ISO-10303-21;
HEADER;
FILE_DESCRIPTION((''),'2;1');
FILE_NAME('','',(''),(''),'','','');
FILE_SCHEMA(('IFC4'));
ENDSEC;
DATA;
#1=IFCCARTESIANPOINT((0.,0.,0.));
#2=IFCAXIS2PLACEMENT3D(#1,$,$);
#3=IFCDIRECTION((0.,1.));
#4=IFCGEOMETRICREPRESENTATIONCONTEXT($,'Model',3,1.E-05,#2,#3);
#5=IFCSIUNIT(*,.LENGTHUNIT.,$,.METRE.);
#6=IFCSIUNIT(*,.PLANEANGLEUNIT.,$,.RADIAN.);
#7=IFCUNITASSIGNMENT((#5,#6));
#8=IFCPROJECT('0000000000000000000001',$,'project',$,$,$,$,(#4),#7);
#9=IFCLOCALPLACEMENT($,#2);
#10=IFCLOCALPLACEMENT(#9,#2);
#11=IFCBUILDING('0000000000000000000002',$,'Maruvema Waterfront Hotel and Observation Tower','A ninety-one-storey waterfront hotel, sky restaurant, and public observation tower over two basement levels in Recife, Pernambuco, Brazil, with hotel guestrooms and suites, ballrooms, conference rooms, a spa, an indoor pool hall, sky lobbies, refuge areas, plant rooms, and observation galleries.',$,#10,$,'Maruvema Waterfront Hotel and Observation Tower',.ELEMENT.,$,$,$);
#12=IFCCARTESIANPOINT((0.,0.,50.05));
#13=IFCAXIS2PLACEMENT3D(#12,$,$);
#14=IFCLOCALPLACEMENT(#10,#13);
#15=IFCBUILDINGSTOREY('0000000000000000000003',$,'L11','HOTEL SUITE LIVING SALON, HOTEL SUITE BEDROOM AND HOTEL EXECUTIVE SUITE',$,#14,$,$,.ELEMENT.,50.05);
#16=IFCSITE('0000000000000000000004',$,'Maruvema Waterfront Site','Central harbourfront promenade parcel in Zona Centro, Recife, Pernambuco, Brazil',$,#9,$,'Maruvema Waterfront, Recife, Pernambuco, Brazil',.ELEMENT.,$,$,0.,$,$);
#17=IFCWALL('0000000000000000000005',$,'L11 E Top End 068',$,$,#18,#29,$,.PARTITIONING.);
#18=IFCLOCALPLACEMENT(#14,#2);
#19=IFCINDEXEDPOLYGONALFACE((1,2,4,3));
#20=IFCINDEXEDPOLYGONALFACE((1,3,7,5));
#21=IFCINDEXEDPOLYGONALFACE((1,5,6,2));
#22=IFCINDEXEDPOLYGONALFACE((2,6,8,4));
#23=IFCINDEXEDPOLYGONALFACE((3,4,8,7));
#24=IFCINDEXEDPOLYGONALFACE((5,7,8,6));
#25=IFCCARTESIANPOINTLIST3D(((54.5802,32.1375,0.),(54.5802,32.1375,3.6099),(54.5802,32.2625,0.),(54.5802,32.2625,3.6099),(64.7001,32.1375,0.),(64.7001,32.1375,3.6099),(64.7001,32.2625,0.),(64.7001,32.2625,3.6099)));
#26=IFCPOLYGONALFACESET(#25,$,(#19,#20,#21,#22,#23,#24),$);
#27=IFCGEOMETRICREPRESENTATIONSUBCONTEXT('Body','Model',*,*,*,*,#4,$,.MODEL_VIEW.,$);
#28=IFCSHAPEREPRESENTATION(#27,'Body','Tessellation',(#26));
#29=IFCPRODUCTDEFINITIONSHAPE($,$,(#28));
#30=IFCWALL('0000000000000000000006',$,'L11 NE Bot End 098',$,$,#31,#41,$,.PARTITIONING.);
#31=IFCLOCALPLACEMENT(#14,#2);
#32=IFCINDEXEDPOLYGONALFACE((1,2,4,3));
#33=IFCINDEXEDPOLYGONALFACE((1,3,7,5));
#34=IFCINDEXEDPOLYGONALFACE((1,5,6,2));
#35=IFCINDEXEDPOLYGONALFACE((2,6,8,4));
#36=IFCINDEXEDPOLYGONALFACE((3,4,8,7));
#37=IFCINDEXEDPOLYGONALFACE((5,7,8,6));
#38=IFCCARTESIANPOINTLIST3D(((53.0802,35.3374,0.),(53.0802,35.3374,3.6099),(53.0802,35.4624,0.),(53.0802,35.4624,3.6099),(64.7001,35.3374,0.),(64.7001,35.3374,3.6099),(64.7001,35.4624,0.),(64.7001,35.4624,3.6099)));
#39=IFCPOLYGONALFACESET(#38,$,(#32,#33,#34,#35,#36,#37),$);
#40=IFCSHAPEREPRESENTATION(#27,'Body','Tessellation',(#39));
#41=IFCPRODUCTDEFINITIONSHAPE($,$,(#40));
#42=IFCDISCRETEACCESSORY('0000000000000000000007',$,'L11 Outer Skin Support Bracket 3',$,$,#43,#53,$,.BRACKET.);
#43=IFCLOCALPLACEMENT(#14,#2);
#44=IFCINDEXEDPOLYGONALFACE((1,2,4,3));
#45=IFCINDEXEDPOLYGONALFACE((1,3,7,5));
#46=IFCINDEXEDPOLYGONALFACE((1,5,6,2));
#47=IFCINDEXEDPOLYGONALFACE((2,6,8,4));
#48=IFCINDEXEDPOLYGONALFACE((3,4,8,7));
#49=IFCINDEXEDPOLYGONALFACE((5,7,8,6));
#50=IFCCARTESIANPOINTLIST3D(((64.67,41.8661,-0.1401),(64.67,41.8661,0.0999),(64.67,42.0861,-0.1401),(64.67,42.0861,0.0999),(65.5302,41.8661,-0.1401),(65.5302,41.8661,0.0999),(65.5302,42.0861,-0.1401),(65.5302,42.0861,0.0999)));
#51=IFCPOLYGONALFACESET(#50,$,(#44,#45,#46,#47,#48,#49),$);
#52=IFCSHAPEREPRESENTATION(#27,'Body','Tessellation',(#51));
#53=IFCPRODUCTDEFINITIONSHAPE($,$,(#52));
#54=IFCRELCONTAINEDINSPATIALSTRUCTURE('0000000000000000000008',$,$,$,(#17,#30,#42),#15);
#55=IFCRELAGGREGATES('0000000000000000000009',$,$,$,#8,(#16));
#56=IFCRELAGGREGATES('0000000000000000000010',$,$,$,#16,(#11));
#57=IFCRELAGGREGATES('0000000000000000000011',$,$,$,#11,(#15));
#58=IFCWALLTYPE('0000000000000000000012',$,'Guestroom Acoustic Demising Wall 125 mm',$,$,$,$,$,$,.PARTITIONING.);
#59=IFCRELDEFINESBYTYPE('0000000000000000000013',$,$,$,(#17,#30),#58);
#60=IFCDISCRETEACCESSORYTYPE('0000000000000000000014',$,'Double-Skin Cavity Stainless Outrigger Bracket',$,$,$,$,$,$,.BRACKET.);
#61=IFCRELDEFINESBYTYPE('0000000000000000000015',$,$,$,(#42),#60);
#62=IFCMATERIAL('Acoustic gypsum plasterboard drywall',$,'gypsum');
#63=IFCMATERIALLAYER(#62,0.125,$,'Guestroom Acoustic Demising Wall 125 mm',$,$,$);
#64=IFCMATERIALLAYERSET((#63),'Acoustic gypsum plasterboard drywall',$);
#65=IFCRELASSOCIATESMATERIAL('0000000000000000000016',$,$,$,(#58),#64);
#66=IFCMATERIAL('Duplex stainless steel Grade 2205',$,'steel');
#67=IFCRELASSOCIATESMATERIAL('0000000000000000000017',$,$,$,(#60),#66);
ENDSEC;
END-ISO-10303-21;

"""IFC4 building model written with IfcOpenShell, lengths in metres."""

from ifc_helpers import new_model, si_unit, direction, frame, frame_2d, origin, origin_2d, place, context, subcontext, project, spatial, rectangle, extrude, material, layer, layer_set, type_object, element, save


model = new_model("IFC4")

# Units and contexts
model_context = context("Model", 3, precision=1e-05, world=origin(), true_north=direction((0.0, 1.0)))
body_context = subcontext(model_context, "Body", "Model", "MODEL_VIEW")
ifc_project = project(units=[si_unit("LENGTHUNIT", "METRE"), si_unit("PLANEANGLEUNIT", "RADIAN")], contexts=[model_context])

# Site, building, storey
site_placement = place(None, origin())
site = spatial("IfcSite", under=ifc_project, at=site_placement, Name="Maruvema Waterfront Site", Description="Central harbourfront promenade parcel in Zona Centro, Recife, Pernambuco, Brazil", LongName="Maruvema Waterfront, Recife, Pernambuco, Brazil", CompositionType="ELEMENT", RefElevation=0.0)
building_placement = place(site_placement, origin())
building = spatial("IfcBuilding", under=site, at=building_placement, Name="Maruvema Waterfront Hotel and Observation Tower", Description="A ninety-one-storey waterfront hotel, sky restaurant, and public observation tower over two basement levels in Recife, Pernambuco, Brazil, with hotel guestrooms and suites, ballrooms, conference rooms, a spa, an indoor pool hall, sky lobbies, refuge areas, plant rooms, and observation galleries.", LongName="Maruvema Waterfront Hotel and Observation Tower", CompositionType="ELEMENT")
storey_placement = place(building_placement, frame((0.0, 0.0, 50.05)))
storey = spatial("IfcBuildingStorey", under=building, at=storey_placement, Name="L11", Description="HOTEL SUITE LIVING SALON, HOTEL SUITE BEDROOM AND HOTEL EXECUTIVE SUITE", CompositionType="ELEMENT", Elevation=50.05)

# Walls
ifc_material_1 = material(Name="Acoustic gypsum plasterboard drywall", Category="gypsum")
ifc_layer_1 = layer(ifc_material_1, 0.125, Name="Guestroom Acoustic Demising Wall 125 mm")
ifc_layer_set_1 = layer_set([ifc_layer_1], Name="Acoustic gypsum plasterboard drywall")
wall_type_1 = type_object("IfcWallType", Name="Guestroom Acoustic Demising Wall 125 mm", PredefinedType="PARTITIONING", material=ifc_layer_set_1)
wall_1_placement = place(storey_placement, frame((54.5801, 32.2, 0.0), z_axis=(0.0, 0.0, 1.0), x_axis=(1.0, 0.0, 0.0)))
element("IfcWall", 1, at=wall_1_placement, inside=storey, type_object=wall_type_1, Name="L11 E Top End 068", PredefinedType="PARTITIONING", context=body_context, shape_type="SweptSolid", body=[
    extrude(rectangle(XDim=10.1199, YDim=0.125, at=frame_2d((5.0601, 0.0))), origin(), (0.0, 0.0, 1.0), 3.6099),
])
wall_2_placement = place(storey_placement, frame((53.0801, 35.3999, 0.0), z_axis=(0.0, 0.0, 1.0), x_axis=(1.0, 0.0, 0.0)))
element("IfcWall", 2, at=wall_2_placement, inside=storey, type_object=wall_type_1, Name="L11 NE Bot End 098", PredefinedType="PARTITIONING", context=body_context, shape_type="SweptSolid", body=[
    extrude(rectangle(XDim=11.6199, YDim=0.125, at=frame_2d((5.8101, 0.0))), origin(), (0.0, 0.0, 1.0), 3.6099),
])

# Discrete accessory
ifc_material_2 = material(Name="Duplex stainless steel Grade 2205", Category="steel")
discrete_accessory_type = type_object("IfcDiscreteAccessoryType", Name="Double-Skin Cavity Stainless Outrigger Bracket", PredefinedType="BRACKET", material=ifc_material_2)
discrete_accessory_placement = place(storey_placement, frame((65.1001, 41.9761, -0.1401), z_axis=(0.0, 0.0, 1.0), x_axis=(0.0, 1.0, 0.0)))
element("IfcDiscreteAccessory", 3, at=discrete_accessory_placement, inside=storey, type_object=discrete_accessory_type, Name="L11 Outer Skin Support Bracket 3", PredefinedType="BRACKET", context=body_context, shape_type="SweptSolid", body=[
    extrude(rectangle(XDim=0.22, YDim=0.8601, at=origin_2d()), origin(), (0.0, 0.0, 1.0), 0.24),
])

save(model, "model.ifc")
